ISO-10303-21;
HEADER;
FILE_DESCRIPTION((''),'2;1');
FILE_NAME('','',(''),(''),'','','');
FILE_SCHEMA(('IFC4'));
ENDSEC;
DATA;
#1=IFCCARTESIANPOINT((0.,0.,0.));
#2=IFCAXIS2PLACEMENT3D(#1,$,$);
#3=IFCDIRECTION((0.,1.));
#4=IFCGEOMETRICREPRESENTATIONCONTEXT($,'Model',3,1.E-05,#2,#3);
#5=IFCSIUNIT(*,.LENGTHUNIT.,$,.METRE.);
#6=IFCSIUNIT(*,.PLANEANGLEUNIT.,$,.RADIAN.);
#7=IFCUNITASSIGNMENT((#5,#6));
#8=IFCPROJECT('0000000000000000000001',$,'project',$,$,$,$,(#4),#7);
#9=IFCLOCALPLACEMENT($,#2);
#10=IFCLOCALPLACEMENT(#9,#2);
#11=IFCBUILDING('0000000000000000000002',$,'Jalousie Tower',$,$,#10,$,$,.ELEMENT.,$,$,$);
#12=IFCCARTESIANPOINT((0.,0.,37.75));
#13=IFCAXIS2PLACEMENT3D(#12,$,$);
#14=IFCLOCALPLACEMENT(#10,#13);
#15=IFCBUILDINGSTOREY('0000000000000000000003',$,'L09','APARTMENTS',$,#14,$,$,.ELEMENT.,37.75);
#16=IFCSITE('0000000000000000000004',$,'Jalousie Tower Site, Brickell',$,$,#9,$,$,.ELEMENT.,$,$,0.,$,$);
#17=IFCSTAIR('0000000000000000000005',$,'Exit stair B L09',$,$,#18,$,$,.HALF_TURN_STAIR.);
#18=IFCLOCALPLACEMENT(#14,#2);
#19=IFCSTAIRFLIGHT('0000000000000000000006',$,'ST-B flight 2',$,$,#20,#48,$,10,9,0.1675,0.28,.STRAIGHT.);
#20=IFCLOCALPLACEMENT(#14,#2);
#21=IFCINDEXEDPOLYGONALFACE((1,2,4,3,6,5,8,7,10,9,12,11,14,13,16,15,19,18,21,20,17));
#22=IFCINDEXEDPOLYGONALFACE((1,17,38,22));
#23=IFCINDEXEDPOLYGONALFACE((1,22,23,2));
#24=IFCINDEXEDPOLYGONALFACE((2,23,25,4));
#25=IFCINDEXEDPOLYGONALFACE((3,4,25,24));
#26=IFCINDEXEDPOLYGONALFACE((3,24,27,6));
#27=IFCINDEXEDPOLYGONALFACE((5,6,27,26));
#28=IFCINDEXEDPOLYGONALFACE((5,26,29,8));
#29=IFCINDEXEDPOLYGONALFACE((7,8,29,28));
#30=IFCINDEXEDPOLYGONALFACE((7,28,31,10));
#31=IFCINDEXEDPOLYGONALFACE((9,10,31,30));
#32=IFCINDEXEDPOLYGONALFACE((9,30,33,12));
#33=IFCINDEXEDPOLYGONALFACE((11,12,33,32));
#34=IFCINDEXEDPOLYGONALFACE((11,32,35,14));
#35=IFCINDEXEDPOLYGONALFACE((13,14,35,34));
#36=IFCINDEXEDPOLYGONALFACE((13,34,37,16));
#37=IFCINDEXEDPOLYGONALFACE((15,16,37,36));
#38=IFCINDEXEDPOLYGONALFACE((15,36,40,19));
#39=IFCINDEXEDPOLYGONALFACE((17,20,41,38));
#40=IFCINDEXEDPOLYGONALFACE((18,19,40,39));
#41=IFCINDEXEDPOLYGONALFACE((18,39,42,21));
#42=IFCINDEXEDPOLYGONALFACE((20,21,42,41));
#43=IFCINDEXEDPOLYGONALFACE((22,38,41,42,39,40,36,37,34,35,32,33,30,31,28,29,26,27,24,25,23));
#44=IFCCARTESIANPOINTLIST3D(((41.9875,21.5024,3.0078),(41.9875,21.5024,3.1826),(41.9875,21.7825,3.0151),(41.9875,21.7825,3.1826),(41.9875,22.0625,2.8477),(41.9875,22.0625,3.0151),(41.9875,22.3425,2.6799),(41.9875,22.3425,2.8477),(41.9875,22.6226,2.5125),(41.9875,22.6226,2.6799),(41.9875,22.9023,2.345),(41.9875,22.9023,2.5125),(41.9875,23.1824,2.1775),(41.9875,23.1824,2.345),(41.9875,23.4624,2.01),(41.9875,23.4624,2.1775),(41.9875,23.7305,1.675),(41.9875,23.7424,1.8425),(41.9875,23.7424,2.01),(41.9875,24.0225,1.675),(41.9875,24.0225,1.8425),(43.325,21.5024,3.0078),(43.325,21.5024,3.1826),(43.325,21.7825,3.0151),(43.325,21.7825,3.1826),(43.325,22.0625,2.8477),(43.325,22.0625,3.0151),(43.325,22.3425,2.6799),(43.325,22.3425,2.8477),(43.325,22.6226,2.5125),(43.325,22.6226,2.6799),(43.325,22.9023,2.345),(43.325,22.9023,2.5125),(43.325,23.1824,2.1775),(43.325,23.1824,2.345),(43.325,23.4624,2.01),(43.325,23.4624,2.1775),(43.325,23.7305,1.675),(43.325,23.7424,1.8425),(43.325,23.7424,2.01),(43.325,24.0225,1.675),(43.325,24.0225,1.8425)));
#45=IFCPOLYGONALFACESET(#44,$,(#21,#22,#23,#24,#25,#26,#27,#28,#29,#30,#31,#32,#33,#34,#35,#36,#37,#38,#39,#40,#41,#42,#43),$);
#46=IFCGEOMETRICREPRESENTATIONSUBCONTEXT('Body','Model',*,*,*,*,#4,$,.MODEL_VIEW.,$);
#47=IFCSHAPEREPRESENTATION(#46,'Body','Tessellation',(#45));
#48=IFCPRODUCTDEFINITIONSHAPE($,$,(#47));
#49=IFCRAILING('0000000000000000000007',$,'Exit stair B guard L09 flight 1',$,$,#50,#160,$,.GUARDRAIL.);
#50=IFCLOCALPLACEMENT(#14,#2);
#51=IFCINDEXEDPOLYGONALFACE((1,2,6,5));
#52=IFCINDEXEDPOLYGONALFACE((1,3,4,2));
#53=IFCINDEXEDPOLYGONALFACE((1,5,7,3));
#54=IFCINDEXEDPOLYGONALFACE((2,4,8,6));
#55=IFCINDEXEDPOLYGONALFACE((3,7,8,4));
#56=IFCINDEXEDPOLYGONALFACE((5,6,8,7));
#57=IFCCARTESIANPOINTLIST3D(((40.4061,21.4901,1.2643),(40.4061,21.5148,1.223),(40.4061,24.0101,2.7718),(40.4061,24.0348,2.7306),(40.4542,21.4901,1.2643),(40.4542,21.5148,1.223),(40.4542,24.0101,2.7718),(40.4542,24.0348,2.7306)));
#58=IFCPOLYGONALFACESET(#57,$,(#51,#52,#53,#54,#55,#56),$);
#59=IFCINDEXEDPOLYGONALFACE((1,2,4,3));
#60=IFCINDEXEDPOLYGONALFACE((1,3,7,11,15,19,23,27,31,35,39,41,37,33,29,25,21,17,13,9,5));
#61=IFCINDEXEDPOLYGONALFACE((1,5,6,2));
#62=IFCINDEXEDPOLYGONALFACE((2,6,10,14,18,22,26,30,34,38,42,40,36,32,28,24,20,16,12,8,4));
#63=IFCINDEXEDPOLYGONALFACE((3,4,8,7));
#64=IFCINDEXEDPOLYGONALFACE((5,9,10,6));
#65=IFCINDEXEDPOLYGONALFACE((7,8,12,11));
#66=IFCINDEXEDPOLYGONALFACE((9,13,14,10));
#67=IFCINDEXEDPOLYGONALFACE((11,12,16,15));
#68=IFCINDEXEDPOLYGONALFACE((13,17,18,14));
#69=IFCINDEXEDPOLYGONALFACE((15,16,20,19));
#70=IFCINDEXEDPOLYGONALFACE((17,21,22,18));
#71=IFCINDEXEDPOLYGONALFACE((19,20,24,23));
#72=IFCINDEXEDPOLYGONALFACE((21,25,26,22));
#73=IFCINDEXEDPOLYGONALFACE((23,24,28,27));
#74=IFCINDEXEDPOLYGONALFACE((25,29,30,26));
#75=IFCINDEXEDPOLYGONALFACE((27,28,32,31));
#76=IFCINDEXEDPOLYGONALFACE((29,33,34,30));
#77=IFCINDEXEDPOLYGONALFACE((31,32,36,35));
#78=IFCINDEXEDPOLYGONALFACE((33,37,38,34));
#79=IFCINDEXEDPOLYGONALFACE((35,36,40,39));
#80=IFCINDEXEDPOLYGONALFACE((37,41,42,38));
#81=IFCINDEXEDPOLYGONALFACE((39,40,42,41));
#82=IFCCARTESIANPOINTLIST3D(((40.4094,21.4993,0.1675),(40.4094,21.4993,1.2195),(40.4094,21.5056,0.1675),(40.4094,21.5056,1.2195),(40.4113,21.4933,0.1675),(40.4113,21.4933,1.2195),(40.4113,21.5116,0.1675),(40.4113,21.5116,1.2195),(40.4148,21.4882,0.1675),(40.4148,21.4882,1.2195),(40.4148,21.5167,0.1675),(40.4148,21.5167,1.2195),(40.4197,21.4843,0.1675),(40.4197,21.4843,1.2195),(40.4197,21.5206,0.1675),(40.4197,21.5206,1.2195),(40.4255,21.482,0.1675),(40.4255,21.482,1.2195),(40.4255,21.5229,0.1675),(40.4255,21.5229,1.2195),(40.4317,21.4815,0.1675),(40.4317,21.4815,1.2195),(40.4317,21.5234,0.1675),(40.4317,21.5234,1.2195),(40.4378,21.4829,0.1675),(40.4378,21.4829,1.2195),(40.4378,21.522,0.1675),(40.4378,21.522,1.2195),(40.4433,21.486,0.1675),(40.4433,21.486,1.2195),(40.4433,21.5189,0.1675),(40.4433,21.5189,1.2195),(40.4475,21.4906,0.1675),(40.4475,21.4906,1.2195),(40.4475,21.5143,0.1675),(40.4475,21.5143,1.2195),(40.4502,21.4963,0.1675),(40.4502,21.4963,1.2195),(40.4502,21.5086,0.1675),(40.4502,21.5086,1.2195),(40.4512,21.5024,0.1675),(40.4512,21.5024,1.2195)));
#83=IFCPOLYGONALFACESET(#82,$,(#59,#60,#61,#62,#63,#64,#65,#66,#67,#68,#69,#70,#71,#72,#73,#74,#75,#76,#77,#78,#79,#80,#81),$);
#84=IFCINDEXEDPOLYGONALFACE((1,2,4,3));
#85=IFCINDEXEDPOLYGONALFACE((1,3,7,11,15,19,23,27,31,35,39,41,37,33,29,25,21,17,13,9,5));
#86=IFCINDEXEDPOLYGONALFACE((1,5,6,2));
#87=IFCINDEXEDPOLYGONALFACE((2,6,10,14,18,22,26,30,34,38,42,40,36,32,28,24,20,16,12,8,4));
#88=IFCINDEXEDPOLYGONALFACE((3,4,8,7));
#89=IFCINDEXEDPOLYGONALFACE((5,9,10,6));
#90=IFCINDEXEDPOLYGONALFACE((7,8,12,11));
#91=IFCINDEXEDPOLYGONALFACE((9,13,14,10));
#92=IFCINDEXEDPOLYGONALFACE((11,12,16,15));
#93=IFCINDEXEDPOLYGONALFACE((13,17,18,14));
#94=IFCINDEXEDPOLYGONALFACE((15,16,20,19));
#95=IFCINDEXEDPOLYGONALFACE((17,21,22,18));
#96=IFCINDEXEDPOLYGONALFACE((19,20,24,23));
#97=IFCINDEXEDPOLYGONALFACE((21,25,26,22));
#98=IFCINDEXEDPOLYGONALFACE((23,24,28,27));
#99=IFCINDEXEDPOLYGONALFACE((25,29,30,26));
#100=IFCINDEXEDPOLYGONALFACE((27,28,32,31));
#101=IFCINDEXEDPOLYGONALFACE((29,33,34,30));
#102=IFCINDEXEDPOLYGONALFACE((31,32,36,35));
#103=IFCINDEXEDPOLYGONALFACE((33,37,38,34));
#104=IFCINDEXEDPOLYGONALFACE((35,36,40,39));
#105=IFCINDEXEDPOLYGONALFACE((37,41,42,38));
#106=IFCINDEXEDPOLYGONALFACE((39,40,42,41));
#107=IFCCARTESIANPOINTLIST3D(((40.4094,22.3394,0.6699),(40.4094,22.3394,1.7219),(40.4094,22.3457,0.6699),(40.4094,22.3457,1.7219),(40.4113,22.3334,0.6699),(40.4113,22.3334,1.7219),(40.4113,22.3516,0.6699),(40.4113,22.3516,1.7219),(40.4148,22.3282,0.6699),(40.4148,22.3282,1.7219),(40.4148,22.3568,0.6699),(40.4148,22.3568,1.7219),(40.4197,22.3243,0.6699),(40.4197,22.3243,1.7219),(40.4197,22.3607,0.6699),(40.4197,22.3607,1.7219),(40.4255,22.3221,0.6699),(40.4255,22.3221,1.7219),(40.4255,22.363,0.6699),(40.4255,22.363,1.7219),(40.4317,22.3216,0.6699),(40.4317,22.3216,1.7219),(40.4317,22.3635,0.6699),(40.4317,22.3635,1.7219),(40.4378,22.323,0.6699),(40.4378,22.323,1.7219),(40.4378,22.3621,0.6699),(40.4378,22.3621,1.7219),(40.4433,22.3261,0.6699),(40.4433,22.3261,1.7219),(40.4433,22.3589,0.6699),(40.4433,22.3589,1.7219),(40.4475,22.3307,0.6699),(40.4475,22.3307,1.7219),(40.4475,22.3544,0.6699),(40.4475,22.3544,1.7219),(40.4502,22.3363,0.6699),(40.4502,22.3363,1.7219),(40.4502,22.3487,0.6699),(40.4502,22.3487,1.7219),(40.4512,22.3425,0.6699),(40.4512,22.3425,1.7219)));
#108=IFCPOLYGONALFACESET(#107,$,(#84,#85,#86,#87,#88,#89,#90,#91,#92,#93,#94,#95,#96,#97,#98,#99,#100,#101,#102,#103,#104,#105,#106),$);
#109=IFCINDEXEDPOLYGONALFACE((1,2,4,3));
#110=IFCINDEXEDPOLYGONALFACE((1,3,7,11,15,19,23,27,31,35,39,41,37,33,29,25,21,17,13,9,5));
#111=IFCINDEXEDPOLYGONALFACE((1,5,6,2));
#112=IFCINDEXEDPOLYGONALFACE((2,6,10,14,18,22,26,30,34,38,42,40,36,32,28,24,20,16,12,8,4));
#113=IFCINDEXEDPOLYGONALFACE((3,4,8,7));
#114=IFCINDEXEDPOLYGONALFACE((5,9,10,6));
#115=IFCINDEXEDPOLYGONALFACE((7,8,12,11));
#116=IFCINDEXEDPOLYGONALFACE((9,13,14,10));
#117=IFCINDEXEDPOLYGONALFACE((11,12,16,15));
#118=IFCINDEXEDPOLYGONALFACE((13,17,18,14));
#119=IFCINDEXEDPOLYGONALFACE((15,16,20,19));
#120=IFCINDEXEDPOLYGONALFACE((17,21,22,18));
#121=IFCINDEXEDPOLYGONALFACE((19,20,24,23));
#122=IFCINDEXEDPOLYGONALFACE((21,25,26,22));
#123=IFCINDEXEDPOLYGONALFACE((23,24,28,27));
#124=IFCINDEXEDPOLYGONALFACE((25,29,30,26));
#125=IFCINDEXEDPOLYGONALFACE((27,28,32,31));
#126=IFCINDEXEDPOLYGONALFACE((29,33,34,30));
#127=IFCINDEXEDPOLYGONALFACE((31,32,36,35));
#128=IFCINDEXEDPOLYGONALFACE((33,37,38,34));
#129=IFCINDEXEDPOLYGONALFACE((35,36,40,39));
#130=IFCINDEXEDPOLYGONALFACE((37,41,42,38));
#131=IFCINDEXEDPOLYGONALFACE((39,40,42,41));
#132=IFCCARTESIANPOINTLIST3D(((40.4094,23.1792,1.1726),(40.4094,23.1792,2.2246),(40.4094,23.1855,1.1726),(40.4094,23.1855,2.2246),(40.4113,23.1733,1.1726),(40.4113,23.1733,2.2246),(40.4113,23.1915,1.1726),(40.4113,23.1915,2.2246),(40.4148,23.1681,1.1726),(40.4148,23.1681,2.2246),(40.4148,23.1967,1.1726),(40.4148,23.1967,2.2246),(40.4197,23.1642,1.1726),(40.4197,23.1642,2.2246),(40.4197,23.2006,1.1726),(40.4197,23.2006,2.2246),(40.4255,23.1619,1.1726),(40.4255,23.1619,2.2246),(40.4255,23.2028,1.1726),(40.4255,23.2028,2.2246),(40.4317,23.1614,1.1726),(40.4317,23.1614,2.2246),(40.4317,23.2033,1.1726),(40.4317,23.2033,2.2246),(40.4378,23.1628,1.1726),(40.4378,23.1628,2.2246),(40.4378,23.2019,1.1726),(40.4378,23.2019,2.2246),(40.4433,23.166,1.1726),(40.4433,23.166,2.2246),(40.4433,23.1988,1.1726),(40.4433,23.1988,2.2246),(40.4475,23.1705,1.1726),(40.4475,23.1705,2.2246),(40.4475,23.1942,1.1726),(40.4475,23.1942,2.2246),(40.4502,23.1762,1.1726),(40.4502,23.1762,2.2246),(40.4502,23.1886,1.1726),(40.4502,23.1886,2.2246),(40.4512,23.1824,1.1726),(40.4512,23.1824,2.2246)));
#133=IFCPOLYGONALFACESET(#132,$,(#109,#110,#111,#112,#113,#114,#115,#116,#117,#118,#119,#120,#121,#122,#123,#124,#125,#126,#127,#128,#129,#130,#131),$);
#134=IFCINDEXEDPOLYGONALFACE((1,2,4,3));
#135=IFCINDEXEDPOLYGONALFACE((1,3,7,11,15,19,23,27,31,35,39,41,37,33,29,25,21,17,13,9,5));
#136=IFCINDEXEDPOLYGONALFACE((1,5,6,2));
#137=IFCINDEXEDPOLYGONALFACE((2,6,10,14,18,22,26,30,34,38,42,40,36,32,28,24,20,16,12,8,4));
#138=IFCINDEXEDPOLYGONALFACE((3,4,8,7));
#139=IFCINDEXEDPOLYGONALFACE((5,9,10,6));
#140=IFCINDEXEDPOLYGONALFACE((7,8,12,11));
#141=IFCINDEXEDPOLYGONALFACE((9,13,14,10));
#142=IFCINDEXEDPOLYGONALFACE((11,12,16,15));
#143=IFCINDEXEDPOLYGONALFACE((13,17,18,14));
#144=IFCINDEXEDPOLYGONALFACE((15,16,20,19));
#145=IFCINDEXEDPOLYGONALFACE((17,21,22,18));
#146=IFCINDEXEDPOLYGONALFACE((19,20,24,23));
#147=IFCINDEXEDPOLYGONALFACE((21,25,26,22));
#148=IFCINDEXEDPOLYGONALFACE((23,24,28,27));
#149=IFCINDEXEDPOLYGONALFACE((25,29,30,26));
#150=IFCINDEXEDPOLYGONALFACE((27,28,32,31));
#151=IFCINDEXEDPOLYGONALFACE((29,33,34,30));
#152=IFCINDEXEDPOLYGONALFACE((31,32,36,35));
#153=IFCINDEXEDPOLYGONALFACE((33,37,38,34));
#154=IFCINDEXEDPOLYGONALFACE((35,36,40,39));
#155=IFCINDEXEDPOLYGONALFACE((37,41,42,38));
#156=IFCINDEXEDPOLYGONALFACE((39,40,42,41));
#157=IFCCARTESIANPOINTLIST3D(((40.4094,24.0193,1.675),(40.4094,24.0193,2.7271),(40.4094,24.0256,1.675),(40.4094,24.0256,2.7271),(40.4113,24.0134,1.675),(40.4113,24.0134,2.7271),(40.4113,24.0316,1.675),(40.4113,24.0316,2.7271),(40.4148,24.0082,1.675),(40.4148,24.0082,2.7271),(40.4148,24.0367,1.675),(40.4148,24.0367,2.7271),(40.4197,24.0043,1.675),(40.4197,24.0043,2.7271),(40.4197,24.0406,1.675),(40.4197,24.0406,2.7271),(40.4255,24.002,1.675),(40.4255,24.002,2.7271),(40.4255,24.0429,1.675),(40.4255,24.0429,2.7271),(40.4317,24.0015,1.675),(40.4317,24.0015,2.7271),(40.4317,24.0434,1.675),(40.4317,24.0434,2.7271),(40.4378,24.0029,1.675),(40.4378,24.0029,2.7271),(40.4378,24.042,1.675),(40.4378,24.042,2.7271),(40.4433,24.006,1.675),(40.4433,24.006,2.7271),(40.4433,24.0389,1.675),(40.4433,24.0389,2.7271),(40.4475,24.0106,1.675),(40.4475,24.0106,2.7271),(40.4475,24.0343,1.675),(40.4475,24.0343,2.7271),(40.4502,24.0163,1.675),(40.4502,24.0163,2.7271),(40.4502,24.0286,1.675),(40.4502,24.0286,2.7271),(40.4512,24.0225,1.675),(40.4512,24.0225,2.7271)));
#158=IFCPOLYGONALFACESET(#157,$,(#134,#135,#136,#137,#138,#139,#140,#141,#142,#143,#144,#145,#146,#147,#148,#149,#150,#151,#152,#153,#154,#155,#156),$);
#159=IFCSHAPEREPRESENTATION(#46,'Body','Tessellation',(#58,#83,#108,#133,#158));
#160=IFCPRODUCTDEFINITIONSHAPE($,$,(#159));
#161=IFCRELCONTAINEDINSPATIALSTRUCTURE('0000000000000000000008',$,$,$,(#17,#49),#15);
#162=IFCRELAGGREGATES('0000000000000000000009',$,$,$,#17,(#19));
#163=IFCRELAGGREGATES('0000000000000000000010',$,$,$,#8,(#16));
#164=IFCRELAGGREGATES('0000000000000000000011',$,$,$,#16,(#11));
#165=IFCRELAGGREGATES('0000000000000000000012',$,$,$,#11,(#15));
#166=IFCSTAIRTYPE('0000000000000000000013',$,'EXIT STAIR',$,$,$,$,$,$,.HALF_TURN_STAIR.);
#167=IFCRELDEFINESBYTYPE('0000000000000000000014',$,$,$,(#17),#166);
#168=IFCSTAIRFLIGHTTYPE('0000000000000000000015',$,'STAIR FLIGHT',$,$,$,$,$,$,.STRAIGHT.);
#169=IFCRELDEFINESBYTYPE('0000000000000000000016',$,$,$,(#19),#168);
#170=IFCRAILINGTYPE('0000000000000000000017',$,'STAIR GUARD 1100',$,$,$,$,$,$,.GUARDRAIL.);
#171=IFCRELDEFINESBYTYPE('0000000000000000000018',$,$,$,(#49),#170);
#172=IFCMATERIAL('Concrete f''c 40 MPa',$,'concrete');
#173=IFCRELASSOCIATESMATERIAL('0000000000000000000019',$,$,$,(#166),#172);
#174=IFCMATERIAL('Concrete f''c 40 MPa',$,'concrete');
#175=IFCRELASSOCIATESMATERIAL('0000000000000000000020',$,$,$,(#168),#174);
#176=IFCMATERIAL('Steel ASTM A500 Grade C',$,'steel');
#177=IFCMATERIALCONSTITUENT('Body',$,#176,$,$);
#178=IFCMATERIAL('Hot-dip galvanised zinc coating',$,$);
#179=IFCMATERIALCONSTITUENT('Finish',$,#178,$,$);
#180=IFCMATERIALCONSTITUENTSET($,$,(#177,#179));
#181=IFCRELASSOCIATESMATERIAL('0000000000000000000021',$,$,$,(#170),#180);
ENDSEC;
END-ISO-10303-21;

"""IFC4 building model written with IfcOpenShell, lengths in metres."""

from ifc_helpers import new_model, si_unit, direction, frame, origin, origin_2d, place, context, subcontext, project, spatial, polyline, rectangle, circle, outline, extrude, material, constituent, constituent_set, type_object, element, aggregate, save


model = new_model("IFC4")

# Units and contexts
model_context = context("Model", 3, precision=1e-05, world=origin(), true_north=direction((0.0, 1.0)))
body_context = subcontext(model_context, "Body", "Model", "MODEL_VIEW")
ifc_project = project(units=[si_unit("LENGTHUNIT", "METRE"), si_unit("PLANEANGLEUNIT", "RADIAN")], contexts=[model_context])

# Site, building, storey
site_placement = place(None, origin())
site = spatial("IfcSite", under=ifc_project, at=site_placement, Name="Jalousie Tower Site, Brickell", CompositionType="ELEMENT", RefElevation=0.0)
building_placement = place(site_placement, origin())
building = spatial("IfcBuilding", under=site, at=building_placement, Name="Jalousie Tower", CompositionType="ELEMENT")
storey_placement = place(building_placement, frame((0.0, 0.0, 37.75)))
storey = spatial("IfcBuildingStorey", under=building, at=storey_placement, Name="L09", Description="APARTMENTS", CompositionType="ELEMENT", Elevation=37.75)

# Stair, stair flight
ifc_material_1 = material(Name="Concrete f'c 40 MPa", Category="concrete")
stair_type = type_object("IfcStairType", Name="EXIT STAIR", PredefinedType="HALF_TURN_STAIR", material=ifc_material_1)
stair_placement = place(storey_placement, origin())
stair = element("IfcStair", 1, at=stair_placement, inside=storey, type_object=stair_type, Name="Exit stair B L09", PredefinedType="HALF_TURN_STAIR")
ifc_material_2 = material(Name="Concrete f'c 40 MPa", Category="concrete")
stair_flight_type = type_object("IfcStairFlightType", Name="STAIR FLIGHT", PredefinedType="STRAIGHT", material=ifc_material_2)
stair_flight_1_placement = place(storey_placement, frame((42.6562, 24.0225, 1.675), z_axis=(0.0, 0.0, 1.0), x_axis=(0.0, -1.0, 0.0)))
stair_flight_1 = element("IfcStairFlight", 2, at=stair_flight_1_placement, type_object=stair_flight_type, Name="ST-B flight 2", NumberOfRisers=10, NumberOfTreads=9, PredefinedType="STRAIGHT", RiserHeight=0.1675, TreadLength=0.28, context=body_context, shape_type="SweptSolid", body=[
    extrude(outline(polyline([(0.0, 0.0), (0.0, 0.1675), (0.28, 0.1675), (0.28, 0.335), (0.5601, 0.335), (0.5601, 0.5024), (0.8401, 0.5024), (0.8401, 0.6699), (1.1201, 0.6699), (1.1201, 0.8374), (1.3999, 0.8374), (1.3999, 1.0049), (1.6799, 1.0049), (1.6799, 1.1726), (1.96, 1.1726), (1.96, 1.3401), (2.24, 1.3401), (2.24, 1.5076), (2.52, 1.5076), (2.52, 1.675), (2.52, 1.3328), (0.292, 0.0), (0.0, 0.0)])), frame((0.0, 0.6687, 0.0), z_axis=(0.0, -1.0, 0.0), x_axis=(1.0, 0.0, 0.0)), (0.0, 0.0, 1.0), 1.3374),
])
aggregate(stair, [stair_flight_1])

# Railing
ifc_material_3 = material(Name="Steel ASTM A500 Grade C", Category="steel")
ifc_constituent_1 = constituent(ifc_material_3, Name="Body")
ifc_material_4 = material(Name="Hot-dip galvanised zinc coating")
ifc_constituent_2 = constituent(ifc_material_4, Name="Finish")
ifc_constituent_set_1 = constituent_set(constituents=[ifc_constituent_1, ifc_constituent_2])
railing_type_1 = type_object("IfcRailingType", Name="STAIR GUARD 1100", PredefinedType="GUARDRAIL", material=ifc_constituent_set_1)
railing_1_placement = place(storey_placement, frame((40.4302, 21.5024, 0.1675)))
element("IfcRailing", 3, at=railing_1_placement, inside=storey, type_object=railing_type_1, Name="Exit stair B guard L09 flight 1", PredefinedType="GUARDRAIL", context=body_context, shape_type="SweptSolid", body=[
    extrude(rectangle(XDim=0.0481, YDim=0.0481, at=origin_2d()), frame((0.0, 0.0, 1.0762), z_axis=(0.0, 0.85816, 0.513383), x_axis=(-1.0, 0.0, 0.0)), (0.0, 0.0, 1.0), 2.9365),
    extrude(circle(Radius=0.021, at=origin_2d()), origin(), (0.0, 0.0, 1.0), 1.052),
    extrude(circle(Radius=0.021, at=origin_2d()), frame((0.0, 0.8401, 0.5024)), (0.0, 0.0, 1.0), 1.052),
    extrude(circle(Radius=0.021, at=origin_2d()), frame((0.0, 1.6799, 1.0051)), (0.0, 0.0, 1.0), 1.052),
    extrude(circle(Radius=0.021, at=origin_2d()), frame((0.0, 2.52, 1.5076)), (0.0, 0.0, 1.0), 1.052),
])

save(model, "model.ifc")
